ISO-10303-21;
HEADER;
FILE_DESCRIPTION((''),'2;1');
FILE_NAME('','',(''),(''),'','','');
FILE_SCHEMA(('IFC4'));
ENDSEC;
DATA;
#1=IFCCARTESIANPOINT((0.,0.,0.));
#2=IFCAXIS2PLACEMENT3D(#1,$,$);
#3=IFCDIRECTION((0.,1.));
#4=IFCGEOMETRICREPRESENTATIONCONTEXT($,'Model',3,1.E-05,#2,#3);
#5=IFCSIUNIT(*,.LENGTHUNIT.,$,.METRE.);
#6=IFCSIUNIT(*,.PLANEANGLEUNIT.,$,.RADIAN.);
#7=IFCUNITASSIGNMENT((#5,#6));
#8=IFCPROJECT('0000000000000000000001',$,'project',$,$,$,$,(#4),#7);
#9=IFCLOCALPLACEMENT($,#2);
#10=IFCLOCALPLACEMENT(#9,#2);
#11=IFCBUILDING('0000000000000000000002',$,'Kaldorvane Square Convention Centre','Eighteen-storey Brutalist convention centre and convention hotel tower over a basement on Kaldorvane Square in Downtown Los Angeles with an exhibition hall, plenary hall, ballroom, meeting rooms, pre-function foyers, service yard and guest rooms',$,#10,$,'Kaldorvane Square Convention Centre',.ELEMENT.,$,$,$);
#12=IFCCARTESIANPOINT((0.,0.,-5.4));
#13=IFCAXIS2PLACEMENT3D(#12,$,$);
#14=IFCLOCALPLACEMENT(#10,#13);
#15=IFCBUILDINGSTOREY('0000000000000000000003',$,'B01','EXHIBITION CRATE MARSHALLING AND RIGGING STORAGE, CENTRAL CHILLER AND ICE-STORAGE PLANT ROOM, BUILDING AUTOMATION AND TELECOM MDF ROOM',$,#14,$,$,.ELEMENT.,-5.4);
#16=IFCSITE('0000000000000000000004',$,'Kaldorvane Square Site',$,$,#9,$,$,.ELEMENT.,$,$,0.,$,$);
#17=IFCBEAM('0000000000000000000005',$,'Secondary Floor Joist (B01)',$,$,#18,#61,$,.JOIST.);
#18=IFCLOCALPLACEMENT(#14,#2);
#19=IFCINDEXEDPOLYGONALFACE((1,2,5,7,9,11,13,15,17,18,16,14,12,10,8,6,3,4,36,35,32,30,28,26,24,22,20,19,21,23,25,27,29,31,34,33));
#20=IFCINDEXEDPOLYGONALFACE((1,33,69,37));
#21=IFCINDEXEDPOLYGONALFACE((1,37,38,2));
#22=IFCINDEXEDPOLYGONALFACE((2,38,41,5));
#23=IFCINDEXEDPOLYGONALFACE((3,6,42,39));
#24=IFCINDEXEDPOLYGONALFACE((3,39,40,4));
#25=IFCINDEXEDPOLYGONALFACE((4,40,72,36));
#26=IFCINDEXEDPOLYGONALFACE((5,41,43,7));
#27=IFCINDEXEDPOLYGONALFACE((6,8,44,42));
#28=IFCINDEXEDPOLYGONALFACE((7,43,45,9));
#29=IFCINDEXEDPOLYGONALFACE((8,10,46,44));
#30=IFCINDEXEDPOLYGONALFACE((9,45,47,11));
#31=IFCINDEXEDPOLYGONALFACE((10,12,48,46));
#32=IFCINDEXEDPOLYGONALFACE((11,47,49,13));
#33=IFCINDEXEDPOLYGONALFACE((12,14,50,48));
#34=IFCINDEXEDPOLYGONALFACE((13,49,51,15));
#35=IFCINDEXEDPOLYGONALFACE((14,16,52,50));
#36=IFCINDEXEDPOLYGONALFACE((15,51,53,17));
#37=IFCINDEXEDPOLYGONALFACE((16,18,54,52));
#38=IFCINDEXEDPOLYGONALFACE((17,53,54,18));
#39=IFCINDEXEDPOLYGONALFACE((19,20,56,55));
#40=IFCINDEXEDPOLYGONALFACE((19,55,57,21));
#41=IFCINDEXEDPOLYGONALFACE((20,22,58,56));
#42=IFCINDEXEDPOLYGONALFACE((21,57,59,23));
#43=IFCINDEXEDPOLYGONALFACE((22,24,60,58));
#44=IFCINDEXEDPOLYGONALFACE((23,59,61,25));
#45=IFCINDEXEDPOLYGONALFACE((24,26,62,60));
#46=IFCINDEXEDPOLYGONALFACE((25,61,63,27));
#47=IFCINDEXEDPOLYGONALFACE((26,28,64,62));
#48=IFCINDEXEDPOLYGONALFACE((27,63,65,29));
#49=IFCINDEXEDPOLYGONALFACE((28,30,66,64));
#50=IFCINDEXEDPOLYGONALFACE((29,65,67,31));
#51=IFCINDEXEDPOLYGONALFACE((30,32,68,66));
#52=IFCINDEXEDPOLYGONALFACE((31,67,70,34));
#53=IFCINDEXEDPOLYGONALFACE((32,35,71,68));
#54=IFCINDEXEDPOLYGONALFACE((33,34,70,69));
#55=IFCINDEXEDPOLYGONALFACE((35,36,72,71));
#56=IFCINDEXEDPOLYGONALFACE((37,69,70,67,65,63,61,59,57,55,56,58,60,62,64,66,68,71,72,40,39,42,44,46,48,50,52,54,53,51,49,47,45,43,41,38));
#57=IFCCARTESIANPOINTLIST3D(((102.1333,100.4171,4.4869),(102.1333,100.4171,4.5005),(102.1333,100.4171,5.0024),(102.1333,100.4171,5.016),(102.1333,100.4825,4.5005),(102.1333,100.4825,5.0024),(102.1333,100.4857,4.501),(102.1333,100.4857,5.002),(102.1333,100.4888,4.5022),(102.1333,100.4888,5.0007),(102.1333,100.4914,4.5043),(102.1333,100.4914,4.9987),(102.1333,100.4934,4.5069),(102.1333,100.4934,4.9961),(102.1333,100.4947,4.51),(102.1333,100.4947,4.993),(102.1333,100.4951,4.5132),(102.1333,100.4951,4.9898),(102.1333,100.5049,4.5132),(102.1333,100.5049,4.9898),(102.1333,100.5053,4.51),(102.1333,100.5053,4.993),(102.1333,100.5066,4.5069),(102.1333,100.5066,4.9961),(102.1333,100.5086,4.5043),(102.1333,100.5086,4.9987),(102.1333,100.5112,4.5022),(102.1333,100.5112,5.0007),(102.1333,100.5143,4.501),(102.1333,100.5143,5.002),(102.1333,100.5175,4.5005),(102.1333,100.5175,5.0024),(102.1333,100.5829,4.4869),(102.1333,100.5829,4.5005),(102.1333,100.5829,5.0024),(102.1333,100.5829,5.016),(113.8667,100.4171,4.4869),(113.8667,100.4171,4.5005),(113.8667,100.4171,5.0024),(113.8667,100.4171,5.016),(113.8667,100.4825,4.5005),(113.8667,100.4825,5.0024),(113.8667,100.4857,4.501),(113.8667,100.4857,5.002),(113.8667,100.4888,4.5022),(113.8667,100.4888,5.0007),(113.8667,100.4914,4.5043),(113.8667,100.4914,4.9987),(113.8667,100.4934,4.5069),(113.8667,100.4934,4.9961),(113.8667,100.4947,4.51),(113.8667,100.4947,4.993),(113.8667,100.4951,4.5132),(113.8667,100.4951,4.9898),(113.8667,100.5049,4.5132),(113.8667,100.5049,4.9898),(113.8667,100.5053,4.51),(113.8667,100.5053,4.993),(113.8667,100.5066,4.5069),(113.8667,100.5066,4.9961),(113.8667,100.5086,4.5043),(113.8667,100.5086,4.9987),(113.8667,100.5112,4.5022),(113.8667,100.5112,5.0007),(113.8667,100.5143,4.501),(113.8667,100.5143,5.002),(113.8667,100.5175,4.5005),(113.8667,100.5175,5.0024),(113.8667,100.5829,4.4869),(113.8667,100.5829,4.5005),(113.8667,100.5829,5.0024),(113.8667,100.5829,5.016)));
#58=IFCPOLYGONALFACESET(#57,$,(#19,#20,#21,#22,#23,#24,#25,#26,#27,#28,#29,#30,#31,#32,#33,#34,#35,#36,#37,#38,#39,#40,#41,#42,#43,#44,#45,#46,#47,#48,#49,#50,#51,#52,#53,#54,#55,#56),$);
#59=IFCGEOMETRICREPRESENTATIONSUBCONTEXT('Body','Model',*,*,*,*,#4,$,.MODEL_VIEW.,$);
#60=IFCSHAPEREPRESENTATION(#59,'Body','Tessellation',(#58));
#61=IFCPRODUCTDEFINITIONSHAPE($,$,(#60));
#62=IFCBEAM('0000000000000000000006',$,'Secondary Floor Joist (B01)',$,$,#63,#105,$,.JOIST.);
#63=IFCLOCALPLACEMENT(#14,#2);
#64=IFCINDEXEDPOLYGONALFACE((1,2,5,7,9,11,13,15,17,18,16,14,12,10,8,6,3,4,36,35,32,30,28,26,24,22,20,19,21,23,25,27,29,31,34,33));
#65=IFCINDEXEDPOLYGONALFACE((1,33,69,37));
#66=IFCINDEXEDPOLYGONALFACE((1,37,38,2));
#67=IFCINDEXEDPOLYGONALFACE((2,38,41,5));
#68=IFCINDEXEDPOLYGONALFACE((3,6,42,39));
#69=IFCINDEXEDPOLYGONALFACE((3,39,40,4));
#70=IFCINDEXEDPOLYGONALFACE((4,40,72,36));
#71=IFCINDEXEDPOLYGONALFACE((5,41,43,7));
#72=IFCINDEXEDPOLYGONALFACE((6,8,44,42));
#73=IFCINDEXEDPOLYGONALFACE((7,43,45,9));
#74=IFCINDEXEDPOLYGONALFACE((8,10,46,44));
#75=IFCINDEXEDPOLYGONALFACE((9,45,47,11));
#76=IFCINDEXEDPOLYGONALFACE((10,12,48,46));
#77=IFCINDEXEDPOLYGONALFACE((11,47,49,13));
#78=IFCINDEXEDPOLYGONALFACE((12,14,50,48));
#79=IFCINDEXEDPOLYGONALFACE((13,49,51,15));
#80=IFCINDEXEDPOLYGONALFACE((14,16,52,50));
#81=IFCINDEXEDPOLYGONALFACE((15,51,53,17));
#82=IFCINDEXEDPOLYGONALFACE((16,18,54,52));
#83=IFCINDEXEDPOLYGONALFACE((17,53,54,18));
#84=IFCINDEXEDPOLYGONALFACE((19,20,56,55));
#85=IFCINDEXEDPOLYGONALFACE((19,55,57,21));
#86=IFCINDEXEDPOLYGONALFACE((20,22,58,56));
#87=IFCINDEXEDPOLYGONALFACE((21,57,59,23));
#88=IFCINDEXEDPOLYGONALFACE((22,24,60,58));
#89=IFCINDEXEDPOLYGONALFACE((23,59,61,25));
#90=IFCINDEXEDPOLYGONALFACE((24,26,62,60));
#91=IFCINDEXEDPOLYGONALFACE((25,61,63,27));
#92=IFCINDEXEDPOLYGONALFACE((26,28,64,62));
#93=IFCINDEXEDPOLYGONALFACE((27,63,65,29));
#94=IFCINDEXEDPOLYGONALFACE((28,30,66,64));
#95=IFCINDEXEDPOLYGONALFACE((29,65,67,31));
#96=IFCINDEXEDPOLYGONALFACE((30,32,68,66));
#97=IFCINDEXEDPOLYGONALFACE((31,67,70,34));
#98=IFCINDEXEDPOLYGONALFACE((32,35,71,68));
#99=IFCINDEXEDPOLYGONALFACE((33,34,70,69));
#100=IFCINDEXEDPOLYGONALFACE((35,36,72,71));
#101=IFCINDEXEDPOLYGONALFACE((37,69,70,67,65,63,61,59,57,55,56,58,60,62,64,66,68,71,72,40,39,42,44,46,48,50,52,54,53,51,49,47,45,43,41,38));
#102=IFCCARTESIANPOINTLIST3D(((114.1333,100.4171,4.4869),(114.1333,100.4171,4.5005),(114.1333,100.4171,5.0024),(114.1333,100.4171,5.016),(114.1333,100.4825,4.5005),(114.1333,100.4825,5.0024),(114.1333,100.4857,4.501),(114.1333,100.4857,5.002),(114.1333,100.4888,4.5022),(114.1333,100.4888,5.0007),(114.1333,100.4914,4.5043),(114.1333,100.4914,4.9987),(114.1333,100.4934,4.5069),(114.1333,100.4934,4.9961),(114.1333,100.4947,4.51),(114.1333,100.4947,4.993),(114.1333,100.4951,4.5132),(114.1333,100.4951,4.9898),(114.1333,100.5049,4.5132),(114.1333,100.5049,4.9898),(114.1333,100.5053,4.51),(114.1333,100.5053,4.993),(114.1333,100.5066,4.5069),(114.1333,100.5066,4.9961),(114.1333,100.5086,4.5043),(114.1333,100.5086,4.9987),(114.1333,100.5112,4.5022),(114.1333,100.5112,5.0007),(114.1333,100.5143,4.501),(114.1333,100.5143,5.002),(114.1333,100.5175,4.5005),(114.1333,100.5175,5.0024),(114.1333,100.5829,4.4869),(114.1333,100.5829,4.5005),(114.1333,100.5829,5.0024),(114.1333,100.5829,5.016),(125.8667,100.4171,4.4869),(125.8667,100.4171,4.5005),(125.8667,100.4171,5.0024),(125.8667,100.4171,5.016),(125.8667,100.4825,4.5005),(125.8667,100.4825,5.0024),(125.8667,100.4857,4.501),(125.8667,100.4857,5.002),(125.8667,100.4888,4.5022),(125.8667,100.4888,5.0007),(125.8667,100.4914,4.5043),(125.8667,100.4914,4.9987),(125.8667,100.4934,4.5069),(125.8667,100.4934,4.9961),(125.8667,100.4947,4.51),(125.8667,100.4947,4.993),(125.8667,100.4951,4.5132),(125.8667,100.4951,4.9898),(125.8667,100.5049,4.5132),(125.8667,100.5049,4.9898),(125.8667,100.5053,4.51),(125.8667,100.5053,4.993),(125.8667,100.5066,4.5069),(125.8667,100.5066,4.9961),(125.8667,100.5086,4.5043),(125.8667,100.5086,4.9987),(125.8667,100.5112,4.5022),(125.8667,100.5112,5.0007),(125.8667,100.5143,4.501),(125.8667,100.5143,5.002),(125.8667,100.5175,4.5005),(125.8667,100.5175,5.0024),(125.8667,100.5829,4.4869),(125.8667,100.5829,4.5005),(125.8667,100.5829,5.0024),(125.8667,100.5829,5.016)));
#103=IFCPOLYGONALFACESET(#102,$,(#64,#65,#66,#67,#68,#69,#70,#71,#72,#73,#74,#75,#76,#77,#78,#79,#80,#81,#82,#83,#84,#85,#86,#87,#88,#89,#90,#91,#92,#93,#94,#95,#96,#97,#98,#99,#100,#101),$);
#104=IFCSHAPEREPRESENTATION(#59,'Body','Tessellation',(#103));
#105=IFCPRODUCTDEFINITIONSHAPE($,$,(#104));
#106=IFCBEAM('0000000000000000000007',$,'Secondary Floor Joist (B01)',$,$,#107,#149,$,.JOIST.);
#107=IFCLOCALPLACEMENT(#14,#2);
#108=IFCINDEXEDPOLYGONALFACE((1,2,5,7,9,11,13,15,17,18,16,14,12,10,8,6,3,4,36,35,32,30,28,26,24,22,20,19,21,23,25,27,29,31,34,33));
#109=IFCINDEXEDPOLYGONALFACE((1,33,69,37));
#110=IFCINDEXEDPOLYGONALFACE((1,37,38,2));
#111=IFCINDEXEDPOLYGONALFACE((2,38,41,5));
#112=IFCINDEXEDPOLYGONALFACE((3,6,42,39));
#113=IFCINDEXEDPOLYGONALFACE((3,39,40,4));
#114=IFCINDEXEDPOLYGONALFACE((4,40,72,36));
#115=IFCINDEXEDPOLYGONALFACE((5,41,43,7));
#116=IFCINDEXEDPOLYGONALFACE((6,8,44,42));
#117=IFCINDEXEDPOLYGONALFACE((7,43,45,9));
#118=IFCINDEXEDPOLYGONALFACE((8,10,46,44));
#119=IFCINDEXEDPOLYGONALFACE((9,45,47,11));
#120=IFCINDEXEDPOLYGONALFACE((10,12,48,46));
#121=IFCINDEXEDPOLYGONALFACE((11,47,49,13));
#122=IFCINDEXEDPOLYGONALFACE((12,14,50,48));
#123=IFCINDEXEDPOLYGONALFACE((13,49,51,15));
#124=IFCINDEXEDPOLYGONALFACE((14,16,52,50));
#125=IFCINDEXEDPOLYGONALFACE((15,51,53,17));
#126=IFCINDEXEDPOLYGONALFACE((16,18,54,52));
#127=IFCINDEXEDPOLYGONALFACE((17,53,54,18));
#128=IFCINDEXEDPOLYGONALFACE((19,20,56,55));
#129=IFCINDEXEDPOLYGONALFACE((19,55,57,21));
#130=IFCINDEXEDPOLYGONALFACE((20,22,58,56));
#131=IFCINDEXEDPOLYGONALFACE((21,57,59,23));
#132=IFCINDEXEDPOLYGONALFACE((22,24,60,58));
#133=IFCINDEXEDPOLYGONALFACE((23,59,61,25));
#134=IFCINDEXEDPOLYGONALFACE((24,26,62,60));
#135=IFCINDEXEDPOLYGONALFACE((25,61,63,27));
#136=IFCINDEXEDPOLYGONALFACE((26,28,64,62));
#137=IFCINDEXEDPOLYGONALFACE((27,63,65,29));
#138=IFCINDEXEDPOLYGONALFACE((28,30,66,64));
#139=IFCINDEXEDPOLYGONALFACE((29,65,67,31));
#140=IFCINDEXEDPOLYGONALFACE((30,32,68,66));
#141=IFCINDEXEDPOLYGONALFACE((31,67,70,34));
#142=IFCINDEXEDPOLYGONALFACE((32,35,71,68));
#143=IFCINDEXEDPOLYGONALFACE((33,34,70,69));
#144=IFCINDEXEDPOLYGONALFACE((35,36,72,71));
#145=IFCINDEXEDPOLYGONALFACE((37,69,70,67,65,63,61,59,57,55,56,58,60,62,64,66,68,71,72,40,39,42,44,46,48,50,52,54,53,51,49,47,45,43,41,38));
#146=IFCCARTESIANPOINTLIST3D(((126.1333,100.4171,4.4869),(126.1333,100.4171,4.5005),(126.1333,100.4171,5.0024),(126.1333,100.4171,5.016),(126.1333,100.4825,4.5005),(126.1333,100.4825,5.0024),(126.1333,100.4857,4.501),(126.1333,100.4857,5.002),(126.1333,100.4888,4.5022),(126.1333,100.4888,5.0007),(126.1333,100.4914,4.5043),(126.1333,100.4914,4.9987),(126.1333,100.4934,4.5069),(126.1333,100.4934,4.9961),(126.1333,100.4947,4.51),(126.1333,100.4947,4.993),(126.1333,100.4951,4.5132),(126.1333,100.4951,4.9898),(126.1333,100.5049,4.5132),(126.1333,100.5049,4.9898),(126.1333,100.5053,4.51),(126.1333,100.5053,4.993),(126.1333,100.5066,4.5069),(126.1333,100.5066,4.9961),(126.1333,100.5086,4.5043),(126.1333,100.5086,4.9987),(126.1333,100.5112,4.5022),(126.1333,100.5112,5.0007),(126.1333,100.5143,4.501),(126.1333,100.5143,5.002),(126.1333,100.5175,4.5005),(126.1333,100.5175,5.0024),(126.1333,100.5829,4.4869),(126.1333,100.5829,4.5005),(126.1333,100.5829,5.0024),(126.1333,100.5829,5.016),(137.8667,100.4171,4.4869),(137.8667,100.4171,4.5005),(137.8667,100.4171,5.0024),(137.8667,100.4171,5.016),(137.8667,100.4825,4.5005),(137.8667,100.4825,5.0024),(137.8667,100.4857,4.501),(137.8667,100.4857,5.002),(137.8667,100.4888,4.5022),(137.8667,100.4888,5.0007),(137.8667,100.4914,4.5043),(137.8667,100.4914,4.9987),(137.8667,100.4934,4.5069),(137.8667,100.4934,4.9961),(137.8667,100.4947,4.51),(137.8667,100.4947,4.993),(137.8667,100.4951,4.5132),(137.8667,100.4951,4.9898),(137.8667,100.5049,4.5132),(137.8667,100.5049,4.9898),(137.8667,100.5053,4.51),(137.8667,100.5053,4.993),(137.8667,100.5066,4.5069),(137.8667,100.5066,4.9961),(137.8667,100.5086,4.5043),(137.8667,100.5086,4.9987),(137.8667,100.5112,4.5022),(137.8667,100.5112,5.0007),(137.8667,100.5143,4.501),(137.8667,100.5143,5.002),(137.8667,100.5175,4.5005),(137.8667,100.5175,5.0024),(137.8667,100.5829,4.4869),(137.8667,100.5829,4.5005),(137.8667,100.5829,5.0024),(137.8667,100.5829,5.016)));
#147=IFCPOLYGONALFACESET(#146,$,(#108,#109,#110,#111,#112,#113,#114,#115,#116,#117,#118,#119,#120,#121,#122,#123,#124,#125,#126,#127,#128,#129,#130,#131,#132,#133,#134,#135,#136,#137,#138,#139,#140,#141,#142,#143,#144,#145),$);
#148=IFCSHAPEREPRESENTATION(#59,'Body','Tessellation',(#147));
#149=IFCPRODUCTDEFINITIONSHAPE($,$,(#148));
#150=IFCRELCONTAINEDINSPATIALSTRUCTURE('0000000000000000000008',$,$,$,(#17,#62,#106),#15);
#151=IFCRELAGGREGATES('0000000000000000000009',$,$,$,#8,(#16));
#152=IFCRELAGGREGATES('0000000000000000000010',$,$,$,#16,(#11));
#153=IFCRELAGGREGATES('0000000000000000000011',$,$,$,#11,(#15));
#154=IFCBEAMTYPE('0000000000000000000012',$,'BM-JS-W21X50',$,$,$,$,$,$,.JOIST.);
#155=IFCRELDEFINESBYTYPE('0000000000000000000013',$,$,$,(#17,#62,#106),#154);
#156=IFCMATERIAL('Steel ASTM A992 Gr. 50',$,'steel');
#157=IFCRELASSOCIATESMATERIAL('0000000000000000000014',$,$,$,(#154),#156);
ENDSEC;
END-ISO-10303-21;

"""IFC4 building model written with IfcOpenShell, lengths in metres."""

from ifc_helpers import new_model, si_unit, direction, frame, origin, origin_2d, place, context, subcontext, project, spatial, i_section, extrude, material, material_profile, profile_set, type_object, element, save


model = new_model("IFC4")

# Units and contexts
model_context = context("Model", 3, precision=1e-05, world=origin(), true_north=direction((0.0, 1.0)))
body_context = subcontext(model_context, "Body", "Model", "MODEL_VIEW")
ifc_project = project(units=[si_unit("LENGTHUNIT", "METRE"), si_unit("PLANEANGLEUNIT", "RADIAN")], contexts=[model_context])

# Site, building, storey
site_placement = place(None, origin())
site = spatial("IfcSite", under=ifc_project, at=site_placement, Name="Kaldorvane Square Site", CompositionType="ELEMENT", RefElevation=0.0)
building_placement = place(site_placement, origin())
building = spatial("IfcBuilding", under=site, at=building_placement, Name="Kaldorvane Square Convention Centre", Description="Eighteen-storey Brutalist convention centre and convention hotel tower over a basement on Kaldorvane Square in Downtown Los Angeles with an exhibition hall, plenary hall, ballroom, meeting rooms, pre-function foyers, service yard and guest rooms", LongName="Kaldorvane Square Convention Centre", CompositionType="ELEMENT")
storey_placement = place(building_placement, frame((0.0, 0.0, -5.4)))
storey = spatial("IfcBuildingStorey", under=building, at=storey_placement, Name="B01", Description="EXHIBITION CRATE MARSHALLING AND RIGGING STORAGE, CENTRAL CHILLER AND ICE-STORAGE PLANT ROOM, BUILDING AUTOMATION AND TELECOM MDF ROOM", CompositionType="ELEMENT", Elevation=-5.4)

# Shared definitions
ifc_material_1 = material(Name="Steel ASTM A992 Gr. 50", Category="steel")

# Beams
ifc_material_profile_1 = material_profile(ifc_material_1, i_section(OverallWidth=0.1659, OverallDepth=0.5291, WebThickness=0.0097, FlangeThickness=0.0136, FilletRadius=0.0127, at=origin_2d()), Name="W21X50")
ifc_profile_set_1 = profile_set([ifc_material_profile_1], Name="Steel ASTM A992 Gr. 50")
beam_type_1 = type_object("IfcBeamType", Name="BM-JS-W21X50", PredefinedType="JOIST", material=ifc_profile_set_1)
for number, where, z_axis, x_axis, name in (
    (1, (102.1333, 100.5, 4.7515), (1.0, 0.0, 0.0), (0.0, 1.0, 0.0), "Secondary Floor Joist (B01)"),
    (2, (114.1333, 100.5, 4.7515), (1.0, 0.0, 0.0), (0.0, 1.0, 0.0), "Secondary Floor Joist (B01)"),
    (3, (126.1333, 100.5, 4.7515), (1.0, 0.0, 0.0), (0.0, 1.0, 0.0), "Secondary Floor Joist (B01)"),
):
    element("IfcBeam", number, at=place(storey_placement, frame(where, z_axis=z_axis, x_axis=x_axis)), inside=storey, type_object=beam_type_1, Name=name, PredefinedType="JOIST", context=body_context, shape_type="SweptSolid", body=[
        extrude(i_section(OverallWidth=0.1659, OverallDepth=0.5291, WebThickness=0.0097, FlangeThickness=0.0136, FilletRadius=0.0127, at=origin_2d()), origin(), (0.0, 0.0, 1.0), 11.7334),
    ])

save(model, "model.ifc")
